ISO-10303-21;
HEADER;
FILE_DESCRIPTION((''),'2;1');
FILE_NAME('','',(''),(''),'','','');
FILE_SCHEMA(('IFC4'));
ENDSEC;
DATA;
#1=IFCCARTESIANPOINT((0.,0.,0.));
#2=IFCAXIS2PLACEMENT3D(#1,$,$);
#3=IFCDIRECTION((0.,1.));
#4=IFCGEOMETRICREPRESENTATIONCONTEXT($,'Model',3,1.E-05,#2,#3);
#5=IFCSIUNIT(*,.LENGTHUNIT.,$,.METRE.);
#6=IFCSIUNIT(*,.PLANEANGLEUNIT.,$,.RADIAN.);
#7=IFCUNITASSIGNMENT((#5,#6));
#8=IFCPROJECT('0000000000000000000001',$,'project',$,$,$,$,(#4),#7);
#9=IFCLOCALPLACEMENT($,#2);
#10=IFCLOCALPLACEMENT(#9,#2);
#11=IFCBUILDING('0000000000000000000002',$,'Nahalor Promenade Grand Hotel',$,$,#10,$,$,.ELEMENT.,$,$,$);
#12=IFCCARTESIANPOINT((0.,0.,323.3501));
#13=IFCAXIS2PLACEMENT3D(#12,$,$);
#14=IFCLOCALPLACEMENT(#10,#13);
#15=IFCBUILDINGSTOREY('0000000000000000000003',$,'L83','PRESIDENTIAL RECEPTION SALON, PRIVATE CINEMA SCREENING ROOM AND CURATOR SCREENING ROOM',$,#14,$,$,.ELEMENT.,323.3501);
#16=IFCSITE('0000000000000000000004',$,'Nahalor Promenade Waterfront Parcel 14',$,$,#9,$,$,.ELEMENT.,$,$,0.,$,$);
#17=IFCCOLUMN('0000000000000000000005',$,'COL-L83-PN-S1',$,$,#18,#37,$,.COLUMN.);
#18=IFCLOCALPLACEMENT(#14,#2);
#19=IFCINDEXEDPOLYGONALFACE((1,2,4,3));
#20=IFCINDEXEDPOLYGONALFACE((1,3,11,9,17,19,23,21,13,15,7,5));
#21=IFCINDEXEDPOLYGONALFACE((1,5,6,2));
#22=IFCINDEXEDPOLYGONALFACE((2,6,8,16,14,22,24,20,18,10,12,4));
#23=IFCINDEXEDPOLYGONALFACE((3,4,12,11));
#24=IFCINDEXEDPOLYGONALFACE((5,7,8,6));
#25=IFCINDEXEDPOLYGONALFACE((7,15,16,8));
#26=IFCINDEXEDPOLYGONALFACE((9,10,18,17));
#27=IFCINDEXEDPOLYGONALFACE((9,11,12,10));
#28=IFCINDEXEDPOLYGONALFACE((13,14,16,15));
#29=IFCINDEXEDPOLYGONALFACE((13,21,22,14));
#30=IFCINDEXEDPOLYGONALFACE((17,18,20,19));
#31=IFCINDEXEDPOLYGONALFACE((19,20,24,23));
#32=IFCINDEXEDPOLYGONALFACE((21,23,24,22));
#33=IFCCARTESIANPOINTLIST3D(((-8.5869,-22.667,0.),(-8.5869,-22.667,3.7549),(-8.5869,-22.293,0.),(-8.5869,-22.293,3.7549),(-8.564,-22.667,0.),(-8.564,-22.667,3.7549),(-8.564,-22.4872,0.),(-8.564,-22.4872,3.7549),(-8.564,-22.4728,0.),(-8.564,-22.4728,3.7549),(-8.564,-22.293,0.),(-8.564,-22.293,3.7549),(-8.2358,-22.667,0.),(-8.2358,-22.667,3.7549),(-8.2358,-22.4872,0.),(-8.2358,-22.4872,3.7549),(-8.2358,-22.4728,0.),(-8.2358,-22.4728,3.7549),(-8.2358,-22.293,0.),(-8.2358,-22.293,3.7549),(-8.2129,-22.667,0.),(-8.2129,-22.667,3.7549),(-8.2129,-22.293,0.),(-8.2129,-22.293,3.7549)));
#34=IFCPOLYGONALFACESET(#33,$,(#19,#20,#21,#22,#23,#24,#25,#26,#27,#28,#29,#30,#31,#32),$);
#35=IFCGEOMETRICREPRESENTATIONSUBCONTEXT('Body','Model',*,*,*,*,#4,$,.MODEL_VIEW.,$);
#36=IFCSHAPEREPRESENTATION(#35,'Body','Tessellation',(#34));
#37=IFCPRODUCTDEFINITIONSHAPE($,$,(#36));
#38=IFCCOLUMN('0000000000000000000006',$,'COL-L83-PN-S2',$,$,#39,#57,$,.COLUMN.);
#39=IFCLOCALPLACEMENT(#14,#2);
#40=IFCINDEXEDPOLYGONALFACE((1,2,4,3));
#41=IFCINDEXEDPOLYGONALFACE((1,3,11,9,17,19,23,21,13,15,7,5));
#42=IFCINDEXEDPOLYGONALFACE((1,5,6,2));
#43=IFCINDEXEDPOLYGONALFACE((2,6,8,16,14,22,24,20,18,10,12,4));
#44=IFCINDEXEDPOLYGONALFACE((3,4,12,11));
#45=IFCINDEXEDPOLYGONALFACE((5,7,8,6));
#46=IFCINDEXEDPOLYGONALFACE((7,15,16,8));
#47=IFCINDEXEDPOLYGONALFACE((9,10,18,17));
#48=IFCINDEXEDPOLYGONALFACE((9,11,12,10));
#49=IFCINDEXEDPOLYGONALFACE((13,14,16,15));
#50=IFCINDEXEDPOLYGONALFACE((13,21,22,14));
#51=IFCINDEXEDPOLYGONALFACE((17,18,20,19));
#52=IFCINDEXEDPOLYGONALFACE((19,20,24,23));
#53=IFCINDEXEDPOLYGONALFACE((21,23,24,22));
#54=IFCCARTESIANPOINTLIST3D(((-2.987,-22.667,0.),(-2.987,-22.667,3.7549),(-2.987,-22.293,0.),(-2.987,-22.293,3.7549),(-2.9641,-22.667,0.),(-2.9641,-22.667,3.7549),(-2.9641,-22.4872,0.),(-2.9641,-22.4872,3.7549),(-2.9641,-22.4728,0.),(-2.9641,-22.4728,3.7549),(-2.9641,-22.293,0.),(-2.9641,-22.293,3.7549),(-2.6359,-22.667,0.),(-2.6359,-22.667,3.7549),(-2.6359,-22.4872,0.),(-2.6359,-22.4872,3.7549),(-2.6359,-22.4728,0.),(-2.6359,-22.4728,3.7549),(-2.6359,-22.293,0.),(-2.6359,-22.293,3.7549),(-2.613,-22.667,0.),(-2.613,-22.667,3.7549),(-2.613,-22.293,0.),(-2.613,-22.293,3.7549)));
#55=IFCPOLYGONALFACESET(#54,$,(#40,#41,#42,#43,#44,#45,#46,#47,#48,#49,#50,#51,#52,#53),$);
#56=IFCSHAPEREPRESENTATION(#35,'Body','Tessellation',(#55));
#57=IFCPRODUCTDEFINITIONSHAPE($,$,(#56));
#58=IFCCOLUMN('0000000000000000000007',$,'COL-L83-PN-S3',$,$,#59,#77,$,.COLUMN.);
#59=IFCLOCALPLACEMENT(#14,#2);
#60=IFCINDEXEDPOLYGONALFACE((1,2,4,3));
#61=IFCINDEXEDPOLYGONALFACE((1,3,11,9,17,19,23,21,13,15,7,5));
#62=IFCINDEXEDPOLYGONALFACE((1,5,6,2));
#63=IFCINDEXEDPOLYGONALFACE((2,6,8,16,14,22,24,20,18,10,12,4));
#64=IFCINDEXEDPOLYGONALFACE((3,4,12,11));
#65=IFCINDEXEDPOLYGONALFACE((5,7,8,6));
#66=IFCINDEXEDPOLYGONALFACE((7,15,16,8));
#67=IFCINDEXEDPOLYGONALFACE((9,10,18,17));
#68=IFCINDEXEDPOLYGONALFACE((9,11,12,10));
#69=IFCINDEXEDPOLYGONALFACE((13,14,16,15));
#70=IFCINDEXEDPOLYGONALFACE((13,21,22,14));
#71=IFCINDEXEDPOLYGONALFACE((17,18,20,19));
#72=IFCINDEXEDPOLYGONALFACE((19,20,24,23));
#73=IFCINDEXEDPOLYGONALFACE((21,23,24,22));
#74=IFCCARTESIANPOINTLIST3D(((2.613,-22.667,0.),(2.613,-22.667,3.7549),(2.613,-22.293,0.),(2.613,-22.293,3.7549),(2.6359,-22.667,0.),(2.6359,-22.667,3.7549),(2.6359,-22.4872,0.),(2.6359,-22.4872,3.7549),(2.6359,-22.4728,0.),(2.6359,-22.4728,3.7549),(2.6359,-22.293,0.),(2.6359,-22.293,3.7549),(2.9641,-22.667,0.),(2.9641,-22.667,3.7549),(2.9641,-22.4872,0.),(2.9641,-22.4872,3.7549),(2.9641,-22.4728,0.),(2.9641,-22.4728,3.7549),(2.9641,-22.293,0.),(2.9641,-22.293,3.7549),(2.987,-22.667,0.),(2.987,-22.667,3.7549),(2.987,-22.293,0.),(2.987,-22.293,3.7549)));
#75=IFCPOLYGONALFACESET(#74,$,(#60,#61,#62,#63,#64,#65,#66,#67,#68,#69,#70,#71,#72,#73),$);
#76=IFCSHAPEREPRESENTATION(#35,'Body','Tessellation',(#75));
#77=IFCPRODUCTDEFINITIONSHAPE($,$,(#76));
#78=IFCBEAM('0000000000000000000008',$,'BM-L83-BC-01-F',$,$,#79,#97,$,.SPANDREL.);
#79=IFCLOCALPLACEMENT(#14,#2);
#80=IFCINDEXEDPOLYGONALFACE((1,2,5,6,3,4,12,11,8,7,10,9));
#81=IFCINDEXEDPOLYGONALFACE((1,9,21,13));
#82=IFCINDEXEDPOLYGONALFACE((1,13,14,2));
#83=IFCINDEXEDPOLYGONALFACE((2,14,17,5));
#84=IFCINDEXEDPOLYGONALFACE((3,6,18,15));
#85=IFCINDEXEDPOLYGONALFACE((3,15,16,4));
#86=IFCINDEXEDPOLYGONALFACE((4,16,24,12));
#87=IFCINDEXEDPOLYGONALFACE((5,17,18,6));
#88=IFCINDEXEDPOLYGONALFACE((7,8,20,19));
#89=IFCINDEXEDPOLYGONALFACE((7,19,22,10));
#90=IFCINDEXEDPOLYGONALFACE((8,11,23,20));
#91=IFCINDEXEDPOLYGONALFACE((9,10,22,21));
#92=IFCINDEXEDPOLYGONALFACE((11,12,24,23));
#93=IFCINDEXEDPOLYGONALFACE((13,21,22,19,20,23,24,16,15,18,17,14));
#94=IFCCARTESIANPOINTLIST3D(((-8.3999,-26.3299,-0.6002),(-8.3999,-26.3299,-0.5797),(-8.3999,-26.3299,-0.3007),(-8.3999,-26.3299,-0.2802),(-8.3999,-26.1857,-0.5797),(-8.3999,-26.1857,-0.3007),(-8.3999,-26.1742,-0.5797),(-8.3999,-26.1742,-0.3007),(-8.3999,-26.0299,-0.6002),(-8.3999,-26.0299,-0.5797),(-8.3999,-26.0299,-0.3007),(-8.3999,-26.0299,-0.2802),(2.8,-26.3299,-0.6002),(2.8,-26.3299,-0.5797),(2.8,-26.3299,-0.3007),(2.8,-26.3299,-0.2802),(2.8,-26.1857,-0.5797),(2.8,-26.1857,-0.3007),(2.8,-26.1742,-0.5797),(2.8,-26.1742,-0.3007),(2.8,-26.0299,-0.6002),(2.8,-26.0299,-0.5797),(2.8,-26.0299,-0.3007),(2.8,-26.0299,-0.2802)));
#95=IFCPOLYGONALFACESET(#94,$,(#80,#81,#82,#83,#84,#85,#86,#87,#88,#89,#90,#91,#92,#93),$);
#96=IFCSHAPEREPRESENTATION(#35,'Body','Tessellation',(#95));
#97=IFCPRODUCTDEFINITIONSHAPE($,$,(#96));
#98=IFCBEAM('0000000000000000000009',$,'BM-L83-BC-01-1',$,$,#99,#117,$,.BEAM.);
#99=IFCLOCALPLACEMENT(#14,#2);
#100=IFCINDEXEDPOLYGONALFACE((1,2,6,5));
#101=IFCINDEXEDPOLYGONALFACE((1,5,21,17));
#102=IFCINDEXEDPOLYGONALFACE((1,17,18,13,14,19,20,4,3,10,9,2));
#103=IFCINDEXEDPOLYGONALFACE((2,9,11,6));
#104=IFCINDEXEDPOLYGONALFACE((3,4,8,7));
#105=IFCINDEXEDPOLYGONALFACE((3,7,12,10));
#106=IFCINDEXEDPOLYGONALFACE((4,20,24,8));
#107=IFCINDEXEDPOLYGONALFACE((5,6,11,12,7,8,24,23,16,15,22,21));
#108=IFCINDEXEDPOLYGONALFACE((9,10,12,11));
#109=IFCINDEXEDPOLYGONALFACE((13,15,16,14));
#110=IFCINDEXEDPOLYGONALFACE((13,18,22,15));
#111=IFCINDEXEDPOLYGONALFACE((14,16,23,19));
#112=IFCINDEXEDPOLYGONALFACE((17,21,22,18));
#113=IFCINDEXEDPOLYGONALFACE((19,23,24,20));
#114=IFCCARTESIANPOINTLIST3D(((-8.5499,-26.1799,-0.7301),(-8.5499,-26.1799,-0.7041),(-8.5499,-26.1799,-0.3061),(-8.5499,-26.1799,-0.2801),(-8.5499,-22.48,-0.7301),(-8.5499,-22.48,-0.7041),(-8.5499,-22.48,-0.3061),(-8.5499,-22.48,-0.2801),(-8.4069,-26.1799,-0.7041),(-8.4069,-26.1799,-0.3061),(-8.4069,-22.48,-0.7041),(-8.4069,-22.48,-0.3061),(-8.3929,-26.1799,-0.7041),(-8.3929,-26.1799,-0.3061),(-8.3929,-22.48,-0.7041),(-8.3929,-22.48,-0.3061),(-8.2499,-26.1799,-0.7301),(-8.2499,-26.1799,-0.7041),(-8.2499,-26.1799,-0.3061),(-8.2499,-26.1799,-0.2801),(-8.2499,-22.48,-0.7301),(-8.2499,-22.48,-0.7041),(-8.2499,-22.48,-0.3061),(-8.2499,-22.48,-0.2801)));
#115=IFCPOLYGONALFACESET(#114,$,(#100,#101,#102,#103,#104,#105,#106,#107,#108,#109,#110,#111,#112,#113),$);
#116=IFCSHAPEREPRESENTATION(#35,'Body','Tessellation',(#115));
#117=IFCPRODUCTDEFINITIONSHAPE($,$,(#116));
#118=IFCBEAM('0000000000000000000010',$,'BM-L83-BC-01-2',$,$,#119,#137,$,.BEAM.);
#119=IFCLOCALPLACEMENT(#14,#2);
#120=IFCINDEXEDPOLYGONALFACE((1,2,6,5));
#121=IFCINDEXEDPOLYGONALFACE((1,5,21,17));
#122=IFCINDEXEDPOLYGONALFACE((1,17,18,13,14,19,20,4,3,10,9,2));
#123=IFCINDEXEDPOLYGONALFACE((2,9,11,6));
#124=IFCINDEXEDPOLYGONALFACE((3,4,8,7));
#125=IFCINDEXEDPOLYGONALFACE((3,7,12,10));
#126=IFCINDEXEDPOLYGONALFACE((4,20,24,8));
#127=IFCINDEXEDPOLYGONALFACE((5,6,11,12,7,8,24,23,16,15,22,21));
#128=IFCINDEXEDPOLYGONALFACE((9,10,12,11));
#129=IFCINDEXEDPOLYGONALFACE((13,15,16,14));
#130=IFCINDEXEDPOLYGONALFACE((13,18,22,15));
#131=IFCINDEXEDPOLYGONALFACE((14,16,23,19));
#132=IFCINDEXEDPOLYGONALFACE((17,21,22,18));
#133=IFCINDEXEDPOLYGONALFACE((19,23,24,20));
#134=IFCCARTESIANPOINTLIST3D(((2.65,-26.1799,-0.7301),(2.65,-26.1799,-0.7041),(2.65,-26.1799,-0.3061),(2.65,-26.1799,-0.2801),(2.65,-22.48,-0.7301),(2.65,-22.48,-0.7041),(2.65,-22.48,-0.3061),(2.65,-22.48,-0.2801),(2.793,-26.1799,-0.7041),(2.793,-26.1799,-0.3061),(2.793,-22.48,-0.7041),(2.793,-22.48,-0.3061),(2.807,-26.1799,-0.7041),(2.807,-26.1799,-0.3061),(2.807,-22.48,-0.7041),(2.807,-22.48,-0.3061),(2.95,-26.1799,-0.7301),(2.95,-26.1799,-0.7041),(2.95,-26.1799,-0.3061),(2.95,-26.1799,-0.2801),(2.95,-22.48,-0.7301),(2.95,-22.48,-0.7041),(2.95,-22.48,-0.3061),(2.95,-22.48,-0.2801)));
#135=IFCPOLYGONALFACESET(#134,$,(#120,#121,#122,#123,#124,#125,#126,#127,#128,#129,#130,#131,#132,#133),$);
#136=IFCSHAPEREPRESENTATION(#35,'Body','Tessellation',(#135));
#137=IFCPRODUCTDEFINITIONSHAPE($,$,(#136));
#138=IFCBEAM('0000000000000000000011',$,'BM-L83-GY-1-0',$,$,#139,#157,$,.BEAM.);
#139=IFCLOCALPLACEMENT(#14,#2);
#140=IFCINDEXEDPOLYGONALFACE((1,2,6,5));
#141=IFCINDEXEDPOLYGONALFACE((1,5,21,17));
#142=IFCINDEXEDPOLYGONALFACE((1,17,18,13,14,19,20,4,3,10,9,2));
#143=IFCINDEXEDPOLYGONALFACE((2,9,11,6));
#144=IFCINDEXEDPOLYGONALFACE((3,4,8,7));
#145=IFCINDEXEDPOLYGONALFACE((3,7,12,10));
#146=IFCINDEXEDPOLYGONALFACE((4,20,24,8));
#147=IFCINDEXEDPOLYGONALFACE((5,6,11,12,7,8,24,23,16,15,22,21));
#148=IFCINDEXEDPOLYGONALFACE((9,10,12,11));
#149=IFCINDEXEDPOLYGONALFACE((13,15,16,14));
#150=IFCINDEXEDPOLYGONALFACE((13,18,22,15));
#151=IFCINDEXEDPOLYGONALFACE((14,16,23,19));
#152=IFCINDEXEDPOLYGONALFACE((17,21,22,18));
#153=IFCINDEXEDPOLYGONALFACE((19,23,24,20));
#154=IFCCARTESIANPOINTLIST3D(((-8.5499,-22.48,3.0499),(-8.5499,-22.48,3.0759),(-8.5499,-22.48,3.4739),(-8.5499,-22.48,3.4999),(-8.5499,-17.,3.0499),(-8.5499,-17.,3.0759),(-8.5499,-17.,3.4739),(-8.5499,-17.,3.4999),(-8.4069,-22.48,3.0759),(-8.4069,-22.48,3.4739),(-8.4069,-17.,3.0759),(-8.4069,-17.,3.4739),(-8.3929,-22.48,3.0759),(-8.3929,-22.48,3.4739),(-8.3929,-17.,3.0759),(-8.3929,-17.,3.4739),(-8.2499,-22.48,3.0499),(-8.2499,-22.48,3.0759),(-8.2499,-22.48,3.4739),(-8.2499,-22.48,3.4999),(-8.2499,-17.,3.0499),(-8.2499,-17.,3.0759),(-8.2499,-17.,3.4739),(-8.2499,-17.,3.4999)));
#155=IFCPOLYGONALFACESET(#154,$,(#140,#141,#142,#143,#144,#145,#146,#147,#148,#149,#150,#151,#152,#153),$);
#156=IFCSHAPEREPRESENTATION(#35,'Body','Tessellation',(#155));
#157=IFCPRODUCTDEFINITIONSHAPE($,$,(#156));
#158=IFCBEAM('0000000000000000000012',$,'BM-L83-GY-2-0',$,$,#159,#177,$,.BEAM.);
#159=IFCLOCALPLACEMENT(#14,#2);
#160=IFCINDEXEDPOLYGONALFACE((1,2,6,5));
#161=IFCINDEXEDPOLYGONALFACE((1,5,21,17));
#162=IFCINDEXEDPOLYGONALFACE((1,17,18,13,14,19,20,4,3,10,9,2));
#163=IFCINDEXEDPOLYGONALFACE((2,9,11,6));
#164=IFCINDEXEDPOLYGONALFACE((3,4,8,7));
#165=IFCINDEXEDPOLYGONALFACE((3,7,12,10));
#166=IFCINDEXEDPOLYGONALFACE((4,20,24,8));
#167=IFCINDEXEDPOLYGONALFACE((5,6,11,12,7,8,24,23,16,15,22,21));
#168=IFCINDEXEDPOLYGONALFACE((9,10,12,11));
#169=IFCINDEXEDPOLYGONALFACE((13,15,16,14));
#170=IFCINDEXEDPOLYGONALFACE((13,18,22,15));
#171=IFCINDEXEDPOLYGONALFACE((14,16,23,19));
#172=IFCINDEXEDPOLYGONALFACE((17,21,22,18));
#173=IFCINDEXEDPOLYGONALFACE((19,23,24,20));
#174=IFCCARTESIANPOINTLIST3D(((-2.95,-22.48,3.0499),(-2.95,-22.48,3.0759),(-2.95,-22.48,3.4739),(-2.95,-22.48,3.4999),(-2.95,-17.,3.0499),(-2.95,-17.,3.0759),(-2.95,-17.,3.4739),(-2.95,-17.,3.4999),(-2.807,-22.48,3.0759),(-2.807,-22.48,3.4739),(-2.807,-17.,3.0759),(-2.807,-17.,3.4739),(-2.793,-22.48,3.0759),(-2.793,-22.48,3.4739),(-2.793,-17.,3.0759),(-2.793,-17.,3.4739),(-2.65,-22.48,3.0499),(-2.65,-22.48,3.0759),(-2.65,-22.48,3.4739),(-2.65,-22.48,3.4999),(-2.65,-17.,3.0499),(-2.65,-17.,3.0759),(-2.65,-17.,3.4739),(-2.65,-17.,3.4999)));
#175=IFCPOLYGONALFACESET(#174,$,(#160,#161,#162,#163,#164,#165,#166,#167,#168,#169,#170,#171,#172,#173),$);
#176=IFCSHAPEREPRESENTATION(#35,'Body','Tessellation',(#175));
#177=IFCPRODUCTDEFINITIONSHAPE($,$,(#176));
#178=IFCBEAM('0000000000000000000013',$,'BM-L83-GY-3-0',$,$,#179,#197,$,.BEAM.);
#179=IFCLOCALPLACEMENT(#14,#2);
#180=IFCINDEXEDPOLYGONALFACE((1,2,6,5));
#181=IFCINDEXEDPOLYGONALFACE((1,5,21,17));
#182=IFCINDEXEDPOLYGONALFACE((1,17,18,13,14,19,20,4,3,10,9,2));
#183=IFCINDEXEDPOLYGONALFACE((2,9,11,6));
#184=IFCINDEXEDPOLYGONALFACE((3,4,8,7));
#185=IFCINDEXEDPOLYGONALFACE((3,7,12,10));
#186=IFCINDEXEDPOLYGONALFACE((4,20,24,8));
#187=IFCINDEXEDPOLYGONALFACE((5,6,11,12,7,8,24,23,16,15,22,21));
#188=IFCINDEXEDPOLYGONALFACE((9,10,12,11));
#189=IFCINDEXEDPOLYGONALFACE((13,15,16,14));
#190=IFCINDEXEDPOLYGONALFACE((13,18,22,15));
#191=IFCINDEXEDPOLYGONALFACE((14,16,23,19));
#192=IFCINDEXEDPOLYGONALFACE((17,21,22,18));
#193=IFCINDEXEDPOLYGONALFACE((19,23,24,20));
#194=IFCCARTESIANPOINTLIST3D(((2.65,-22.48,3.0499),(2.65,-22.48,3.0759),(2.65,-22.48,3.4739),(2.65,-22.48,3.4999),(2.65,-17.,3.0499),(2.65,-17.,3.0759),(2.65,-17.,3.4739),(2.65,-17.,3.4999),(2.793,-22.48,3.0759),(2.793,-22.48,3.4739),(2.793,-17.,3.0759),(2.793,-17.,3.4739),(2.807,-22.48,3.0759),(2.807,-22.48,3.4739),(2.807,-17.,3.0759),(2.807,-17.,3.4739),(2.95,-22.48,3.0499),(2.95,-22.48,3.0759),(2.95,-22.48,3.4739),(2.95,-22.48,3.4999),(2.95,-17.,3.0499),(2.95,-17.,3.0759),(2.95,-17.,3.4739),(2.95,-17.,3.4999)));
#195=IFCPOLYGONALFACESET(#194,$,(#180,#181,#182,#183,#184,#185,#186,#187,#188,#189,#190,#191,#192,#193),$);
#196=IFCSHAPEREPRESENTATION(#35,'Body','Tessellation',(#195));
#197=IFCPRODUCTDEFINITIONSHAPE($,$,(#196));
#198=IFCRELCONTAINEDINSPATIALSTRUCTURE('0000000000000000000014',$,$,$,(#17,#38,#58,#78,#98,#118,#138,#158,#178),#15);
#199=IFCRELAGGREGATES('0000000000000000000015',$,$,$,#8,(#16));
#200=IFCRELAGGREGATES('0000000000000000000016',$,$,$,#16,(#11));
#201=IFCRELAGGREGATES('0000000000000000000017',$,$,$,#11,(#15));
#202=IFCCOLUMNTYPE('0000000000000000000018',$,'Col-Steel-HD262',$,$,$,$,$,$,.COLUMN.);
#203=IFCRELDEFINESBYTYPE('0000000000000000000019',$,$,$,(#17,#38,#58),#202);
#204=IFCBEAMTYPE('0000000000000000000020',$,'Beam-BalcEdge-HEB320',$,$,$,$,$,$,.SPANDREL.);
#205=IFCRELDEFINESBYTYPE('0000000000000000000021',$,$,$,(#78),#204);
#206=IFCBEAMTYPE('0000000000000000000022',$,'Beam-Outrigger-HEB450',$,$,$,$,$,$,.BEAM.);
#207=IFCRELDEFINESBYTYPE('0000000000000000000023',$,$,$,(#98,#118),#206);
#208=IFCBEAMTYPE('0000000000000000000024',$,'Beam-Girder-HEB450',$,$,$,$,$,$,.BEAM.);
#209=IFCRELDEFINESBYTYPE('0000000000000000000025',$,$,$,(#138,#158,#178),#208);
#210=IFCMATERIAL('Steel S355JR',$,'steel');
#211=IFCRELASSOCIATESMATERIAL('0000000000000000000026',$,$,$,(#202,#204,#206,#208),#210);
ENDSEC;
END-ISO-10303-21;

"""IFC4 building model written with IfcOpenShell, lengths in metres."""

from ifc_helpers import new_model, si_unit, direction, frame, origin, origin_2d, place, context, subcontext, project, spatial, i_section, extrude, source, transform, mapped, material, material_profile, profile_set, type_object, element, save


model = new_model("IFC4")

# Units and contexts
model_context = context("Model", 3, precision=1e-05, world=origin(), true_north=direction((0.0, 1.0)))
body_context = subcontext(model_context, "Body", "Model", "MODEL_VIEW")
ifc_project = project(units=[si_unit("LENGTHUNIT", "METRE"), si_unit("PLANEANGLEUNIT", "RADIAN")], contexts=[model_context])

# Site, building, storey
site_placement = place(None, origin())
site = spatial("IfcSite", under=ifc_project, at=site_placement, Name="Nahalor Promenade Waterfront Parcel 14", CompositionType="ELEMENT", RefElevation=0.0)
building_placement = place(site_placement, origin())
building = spatial("IfcBuilding", under=site, at=building_placement, Name="Nahalor Promenade Grand Hotel", CompositionType="ELEMENT")
storey_placement = place(building_placement, frame((0.0, 0.0, 323.3501)))
storey = spatial("IfcBuildingStorey", under=building, at=storey_placement, Name="L83", Description="PRESIDENTIAL RECEPTION SALON, PRIVATE CINEMA SCREENING ROOM AND CURATOR SCREENING ROOM", CompositionType="ELEMENT", Elevation=323.3501)

# Columns
ifc_material_1 = material(Name="Steel S355JR", Category="steel")
ifc_material_profile_1 = material_profile(ifc_material_1, i_section(OverallWidth=0.374, OverallDepth=0.374, WebThickness=0.0144, FlangeThickness=0.0229, at=origin_2d()), Name="HD 360x262")
ifc_profile_set_1 = profile_set([ifc_material_profile_1], Name="Steel S355JR")
column_type = type_object("IfcColumnType", Name="Col-Steel-HD262", PredefinedType="COLUMN", material=ifc_profile_set_1)
shared_shape_1 = source(origin(), body_context, "Body", "SweptSolid", [
    extrude(i_section(OverallWidth=0.374, OverallDepth=0.374, WebThickness=0.0144, FlangeThickness=0.0229, at=origin_2d()), origin(), (0.0, 0.0, 1.0), 3.7549),
])
for number, where, z_axis, x_axis, name in (
    (1, (-8.3999, -22.48, 0.0), (0.0, 0.0, 1.0), (0.0, 1.0, 0.0), "COL-L83-PN-S1"),
    (2, (-2.8, -22.48, 0.0), (0.0, 0.0, 1.0), (0.0, 1.0, 0.0), "COL-L83-PN-S2"),
    (3, (2.8, -22.48, 0.0), (0.0, 0.0, 1.0), (0.0, 1.0, 0.0), "COL-L83-PN-S3"),
):
    element("IfcColumn", number, at=place(storey_placement, frame(where, z_axis=z_axis, x_axis=x_axis)), inside=storey, type_object=column_type, Name=name, PredefinedType="COLUMN", context=body_context, shape_type="MappedRepresentation", body=[
        mapped(shared_shape_1, transform((0.0, 0.0, 0.0), scale=1.0)),
    ])

# Beams
ifc_material_profile_2 = material_profile(ifc_material_1, i_section(OverallWidth=0.3, OverallDepth=0.32, WebThickness=0.0115, FlangeThickness=0.0205, at=origin_2d()), Name="HEB 320")
ifc_profile_set_2 = profile_set([ifc_material_profile_2], Name="Steel S355JR")
beam_type_1 = type_object("IfcBeamType", Name="Beam-BalcEdge-HEB320", PredefinedType="SPANDREL", material=ifc_profile_set_2)
shared_shape_2 = source(origin(), body_context, "Body", "SweptSolid", [
    extrude(i_section(OverallWidth=0.3, OverallDepth=0.32, WebThickness=0.0115, FlangeThickness=0.0205, at=origin_2d()), origin(), (0.0, 0.0, 1.0), 11.2),
])
beam_1_placement = place(storey_placement, frame((-8.3999, -26.1799, -0.4402), z_axis=(1.0, 0.0, 0.0), x_axis=(0.0, 1.0, 0.0)))
element("IfcBeam", 4, at=beam_1_placement, inside=storey, type_object=beam_type_1, Name="BM-L83-BC-01-F", PredefinedType="SPANDREL", context=body_context, shape_type="MappedRepresentation", body=[
    mapped(shared_shape_2, transform((0.0, 0.0, 0.0), scale=1.0)),
])
ifc_material_profile_3 = material_profile(ifc_material_1, i_section(OverallWidth=0.3, OverallDepth=0.45, WebThickness=0.014, FlangeThickness=0.026, at=origin_2d()), Name="HEB 450")
ifc_profile_set_3 = profile_set([ifc_material_profile_3], Name="Steel S355JR")
beam_type_2 = type_object("IfcBeamType", Name="Beam-Outrigger-HEB450", PredefinedType="BEAM", material=ifc_profile_set_3)
shared_shape_3 = source(origin(), body_context, "Body", "SweptSolid", [
    extrude(i_section(OverallWidth=0.3, OverallDepth=0.45, WebThickness=0.014, FlangeThickness=0.026, at=origin_2d()), origin(), (0.0, 0.0, 1.0), 3.7),
])
for number, where, z_axis, x_axis, name in (
    (5, (-8.3999, -26.1799, -0.5051), (0.0, 1.0, 0.0), (-1.0, 0.0, 0.0), "BM-L83-BC-01-1"),
    (6, (2.8, -26.1799, -0.5051), (0.0, 1.0, 0.0), (-1.0, 0.0, 0.0), "BM-L83-BC-01-2"),
):
    element("IfcBeam", number, at=place(storey_placement, frame(where, z_axis=z_axis, x_axis=x_axis)), inside=storey, type_object=beam_type_2, Name=name, PredefinedType="BEAM", context=body_context, shape_type="MappedRepresentation", body=[
        mapped(shared_shape_3, transform((0.0, 0.0, 0.0), scale=1.0)),
    ])
ifc_material_profile_4 = material_profile(ifc_material_1, i_section(OverallWidth=0.3, OverallDepth=0.45, WebThickness=0.014, FlangeThickness=0.026, at=origin_2d()), Name="HEB 450")
ifc_profile_set_4 = profile_set([ifc_material_profile_4], Name="Steel S355JR")
beam_type_3 = type_object("IfcBeamType", Name="Beam-Girder-HEB450", PredefinedType="BEAM", material=ifc_profile_set_4)
shared_shape_4 = source(origin(), body_context, "Body", "SweptSolid", [
    extrude(i_section(OverallWidth=0.3, OverallDepth=0.45, WebThickness=0.014, FlangeThickness=0.026, at=origin_2d()), origin(), (0.0, 0.0, 1.0), 5.48),
])
for number, where, z_axis, x_axis, name in (
    (7, (-8.3999, -22.48, 3.2749), (0.0, 1.0, 0.0), (-1.0, 0.0, 0.0), "BM-L83-GY-1-0"),
    (8, (-2.8, -22.48, 3.2749), (0.0, 1.0, 0.0), (-1.0, 0.0, 0.0), "BM-L83-GY-2-0"),
    (9, (2.8, -22.48, 3.2749), (0.0, 1.0, 0.0), (-1.0, 0.0, 0.0), "BM-L83-GY-3-0"),
):
    element("IfcBeam", number, at=place(storey_placement, frame(where, z_axis=z_axis, x_axis=x_axis)), inside=storey, type_object=beam_type_3, Name=name, PredefinedType="BEAM", context=body_context, shape_type="MappedRepresentation", body=[
        mapped(shared_shape_4, transform((0.0, 0.0, 0.0), scale=1.0)),
    ])

save(model, "model.ifc")
